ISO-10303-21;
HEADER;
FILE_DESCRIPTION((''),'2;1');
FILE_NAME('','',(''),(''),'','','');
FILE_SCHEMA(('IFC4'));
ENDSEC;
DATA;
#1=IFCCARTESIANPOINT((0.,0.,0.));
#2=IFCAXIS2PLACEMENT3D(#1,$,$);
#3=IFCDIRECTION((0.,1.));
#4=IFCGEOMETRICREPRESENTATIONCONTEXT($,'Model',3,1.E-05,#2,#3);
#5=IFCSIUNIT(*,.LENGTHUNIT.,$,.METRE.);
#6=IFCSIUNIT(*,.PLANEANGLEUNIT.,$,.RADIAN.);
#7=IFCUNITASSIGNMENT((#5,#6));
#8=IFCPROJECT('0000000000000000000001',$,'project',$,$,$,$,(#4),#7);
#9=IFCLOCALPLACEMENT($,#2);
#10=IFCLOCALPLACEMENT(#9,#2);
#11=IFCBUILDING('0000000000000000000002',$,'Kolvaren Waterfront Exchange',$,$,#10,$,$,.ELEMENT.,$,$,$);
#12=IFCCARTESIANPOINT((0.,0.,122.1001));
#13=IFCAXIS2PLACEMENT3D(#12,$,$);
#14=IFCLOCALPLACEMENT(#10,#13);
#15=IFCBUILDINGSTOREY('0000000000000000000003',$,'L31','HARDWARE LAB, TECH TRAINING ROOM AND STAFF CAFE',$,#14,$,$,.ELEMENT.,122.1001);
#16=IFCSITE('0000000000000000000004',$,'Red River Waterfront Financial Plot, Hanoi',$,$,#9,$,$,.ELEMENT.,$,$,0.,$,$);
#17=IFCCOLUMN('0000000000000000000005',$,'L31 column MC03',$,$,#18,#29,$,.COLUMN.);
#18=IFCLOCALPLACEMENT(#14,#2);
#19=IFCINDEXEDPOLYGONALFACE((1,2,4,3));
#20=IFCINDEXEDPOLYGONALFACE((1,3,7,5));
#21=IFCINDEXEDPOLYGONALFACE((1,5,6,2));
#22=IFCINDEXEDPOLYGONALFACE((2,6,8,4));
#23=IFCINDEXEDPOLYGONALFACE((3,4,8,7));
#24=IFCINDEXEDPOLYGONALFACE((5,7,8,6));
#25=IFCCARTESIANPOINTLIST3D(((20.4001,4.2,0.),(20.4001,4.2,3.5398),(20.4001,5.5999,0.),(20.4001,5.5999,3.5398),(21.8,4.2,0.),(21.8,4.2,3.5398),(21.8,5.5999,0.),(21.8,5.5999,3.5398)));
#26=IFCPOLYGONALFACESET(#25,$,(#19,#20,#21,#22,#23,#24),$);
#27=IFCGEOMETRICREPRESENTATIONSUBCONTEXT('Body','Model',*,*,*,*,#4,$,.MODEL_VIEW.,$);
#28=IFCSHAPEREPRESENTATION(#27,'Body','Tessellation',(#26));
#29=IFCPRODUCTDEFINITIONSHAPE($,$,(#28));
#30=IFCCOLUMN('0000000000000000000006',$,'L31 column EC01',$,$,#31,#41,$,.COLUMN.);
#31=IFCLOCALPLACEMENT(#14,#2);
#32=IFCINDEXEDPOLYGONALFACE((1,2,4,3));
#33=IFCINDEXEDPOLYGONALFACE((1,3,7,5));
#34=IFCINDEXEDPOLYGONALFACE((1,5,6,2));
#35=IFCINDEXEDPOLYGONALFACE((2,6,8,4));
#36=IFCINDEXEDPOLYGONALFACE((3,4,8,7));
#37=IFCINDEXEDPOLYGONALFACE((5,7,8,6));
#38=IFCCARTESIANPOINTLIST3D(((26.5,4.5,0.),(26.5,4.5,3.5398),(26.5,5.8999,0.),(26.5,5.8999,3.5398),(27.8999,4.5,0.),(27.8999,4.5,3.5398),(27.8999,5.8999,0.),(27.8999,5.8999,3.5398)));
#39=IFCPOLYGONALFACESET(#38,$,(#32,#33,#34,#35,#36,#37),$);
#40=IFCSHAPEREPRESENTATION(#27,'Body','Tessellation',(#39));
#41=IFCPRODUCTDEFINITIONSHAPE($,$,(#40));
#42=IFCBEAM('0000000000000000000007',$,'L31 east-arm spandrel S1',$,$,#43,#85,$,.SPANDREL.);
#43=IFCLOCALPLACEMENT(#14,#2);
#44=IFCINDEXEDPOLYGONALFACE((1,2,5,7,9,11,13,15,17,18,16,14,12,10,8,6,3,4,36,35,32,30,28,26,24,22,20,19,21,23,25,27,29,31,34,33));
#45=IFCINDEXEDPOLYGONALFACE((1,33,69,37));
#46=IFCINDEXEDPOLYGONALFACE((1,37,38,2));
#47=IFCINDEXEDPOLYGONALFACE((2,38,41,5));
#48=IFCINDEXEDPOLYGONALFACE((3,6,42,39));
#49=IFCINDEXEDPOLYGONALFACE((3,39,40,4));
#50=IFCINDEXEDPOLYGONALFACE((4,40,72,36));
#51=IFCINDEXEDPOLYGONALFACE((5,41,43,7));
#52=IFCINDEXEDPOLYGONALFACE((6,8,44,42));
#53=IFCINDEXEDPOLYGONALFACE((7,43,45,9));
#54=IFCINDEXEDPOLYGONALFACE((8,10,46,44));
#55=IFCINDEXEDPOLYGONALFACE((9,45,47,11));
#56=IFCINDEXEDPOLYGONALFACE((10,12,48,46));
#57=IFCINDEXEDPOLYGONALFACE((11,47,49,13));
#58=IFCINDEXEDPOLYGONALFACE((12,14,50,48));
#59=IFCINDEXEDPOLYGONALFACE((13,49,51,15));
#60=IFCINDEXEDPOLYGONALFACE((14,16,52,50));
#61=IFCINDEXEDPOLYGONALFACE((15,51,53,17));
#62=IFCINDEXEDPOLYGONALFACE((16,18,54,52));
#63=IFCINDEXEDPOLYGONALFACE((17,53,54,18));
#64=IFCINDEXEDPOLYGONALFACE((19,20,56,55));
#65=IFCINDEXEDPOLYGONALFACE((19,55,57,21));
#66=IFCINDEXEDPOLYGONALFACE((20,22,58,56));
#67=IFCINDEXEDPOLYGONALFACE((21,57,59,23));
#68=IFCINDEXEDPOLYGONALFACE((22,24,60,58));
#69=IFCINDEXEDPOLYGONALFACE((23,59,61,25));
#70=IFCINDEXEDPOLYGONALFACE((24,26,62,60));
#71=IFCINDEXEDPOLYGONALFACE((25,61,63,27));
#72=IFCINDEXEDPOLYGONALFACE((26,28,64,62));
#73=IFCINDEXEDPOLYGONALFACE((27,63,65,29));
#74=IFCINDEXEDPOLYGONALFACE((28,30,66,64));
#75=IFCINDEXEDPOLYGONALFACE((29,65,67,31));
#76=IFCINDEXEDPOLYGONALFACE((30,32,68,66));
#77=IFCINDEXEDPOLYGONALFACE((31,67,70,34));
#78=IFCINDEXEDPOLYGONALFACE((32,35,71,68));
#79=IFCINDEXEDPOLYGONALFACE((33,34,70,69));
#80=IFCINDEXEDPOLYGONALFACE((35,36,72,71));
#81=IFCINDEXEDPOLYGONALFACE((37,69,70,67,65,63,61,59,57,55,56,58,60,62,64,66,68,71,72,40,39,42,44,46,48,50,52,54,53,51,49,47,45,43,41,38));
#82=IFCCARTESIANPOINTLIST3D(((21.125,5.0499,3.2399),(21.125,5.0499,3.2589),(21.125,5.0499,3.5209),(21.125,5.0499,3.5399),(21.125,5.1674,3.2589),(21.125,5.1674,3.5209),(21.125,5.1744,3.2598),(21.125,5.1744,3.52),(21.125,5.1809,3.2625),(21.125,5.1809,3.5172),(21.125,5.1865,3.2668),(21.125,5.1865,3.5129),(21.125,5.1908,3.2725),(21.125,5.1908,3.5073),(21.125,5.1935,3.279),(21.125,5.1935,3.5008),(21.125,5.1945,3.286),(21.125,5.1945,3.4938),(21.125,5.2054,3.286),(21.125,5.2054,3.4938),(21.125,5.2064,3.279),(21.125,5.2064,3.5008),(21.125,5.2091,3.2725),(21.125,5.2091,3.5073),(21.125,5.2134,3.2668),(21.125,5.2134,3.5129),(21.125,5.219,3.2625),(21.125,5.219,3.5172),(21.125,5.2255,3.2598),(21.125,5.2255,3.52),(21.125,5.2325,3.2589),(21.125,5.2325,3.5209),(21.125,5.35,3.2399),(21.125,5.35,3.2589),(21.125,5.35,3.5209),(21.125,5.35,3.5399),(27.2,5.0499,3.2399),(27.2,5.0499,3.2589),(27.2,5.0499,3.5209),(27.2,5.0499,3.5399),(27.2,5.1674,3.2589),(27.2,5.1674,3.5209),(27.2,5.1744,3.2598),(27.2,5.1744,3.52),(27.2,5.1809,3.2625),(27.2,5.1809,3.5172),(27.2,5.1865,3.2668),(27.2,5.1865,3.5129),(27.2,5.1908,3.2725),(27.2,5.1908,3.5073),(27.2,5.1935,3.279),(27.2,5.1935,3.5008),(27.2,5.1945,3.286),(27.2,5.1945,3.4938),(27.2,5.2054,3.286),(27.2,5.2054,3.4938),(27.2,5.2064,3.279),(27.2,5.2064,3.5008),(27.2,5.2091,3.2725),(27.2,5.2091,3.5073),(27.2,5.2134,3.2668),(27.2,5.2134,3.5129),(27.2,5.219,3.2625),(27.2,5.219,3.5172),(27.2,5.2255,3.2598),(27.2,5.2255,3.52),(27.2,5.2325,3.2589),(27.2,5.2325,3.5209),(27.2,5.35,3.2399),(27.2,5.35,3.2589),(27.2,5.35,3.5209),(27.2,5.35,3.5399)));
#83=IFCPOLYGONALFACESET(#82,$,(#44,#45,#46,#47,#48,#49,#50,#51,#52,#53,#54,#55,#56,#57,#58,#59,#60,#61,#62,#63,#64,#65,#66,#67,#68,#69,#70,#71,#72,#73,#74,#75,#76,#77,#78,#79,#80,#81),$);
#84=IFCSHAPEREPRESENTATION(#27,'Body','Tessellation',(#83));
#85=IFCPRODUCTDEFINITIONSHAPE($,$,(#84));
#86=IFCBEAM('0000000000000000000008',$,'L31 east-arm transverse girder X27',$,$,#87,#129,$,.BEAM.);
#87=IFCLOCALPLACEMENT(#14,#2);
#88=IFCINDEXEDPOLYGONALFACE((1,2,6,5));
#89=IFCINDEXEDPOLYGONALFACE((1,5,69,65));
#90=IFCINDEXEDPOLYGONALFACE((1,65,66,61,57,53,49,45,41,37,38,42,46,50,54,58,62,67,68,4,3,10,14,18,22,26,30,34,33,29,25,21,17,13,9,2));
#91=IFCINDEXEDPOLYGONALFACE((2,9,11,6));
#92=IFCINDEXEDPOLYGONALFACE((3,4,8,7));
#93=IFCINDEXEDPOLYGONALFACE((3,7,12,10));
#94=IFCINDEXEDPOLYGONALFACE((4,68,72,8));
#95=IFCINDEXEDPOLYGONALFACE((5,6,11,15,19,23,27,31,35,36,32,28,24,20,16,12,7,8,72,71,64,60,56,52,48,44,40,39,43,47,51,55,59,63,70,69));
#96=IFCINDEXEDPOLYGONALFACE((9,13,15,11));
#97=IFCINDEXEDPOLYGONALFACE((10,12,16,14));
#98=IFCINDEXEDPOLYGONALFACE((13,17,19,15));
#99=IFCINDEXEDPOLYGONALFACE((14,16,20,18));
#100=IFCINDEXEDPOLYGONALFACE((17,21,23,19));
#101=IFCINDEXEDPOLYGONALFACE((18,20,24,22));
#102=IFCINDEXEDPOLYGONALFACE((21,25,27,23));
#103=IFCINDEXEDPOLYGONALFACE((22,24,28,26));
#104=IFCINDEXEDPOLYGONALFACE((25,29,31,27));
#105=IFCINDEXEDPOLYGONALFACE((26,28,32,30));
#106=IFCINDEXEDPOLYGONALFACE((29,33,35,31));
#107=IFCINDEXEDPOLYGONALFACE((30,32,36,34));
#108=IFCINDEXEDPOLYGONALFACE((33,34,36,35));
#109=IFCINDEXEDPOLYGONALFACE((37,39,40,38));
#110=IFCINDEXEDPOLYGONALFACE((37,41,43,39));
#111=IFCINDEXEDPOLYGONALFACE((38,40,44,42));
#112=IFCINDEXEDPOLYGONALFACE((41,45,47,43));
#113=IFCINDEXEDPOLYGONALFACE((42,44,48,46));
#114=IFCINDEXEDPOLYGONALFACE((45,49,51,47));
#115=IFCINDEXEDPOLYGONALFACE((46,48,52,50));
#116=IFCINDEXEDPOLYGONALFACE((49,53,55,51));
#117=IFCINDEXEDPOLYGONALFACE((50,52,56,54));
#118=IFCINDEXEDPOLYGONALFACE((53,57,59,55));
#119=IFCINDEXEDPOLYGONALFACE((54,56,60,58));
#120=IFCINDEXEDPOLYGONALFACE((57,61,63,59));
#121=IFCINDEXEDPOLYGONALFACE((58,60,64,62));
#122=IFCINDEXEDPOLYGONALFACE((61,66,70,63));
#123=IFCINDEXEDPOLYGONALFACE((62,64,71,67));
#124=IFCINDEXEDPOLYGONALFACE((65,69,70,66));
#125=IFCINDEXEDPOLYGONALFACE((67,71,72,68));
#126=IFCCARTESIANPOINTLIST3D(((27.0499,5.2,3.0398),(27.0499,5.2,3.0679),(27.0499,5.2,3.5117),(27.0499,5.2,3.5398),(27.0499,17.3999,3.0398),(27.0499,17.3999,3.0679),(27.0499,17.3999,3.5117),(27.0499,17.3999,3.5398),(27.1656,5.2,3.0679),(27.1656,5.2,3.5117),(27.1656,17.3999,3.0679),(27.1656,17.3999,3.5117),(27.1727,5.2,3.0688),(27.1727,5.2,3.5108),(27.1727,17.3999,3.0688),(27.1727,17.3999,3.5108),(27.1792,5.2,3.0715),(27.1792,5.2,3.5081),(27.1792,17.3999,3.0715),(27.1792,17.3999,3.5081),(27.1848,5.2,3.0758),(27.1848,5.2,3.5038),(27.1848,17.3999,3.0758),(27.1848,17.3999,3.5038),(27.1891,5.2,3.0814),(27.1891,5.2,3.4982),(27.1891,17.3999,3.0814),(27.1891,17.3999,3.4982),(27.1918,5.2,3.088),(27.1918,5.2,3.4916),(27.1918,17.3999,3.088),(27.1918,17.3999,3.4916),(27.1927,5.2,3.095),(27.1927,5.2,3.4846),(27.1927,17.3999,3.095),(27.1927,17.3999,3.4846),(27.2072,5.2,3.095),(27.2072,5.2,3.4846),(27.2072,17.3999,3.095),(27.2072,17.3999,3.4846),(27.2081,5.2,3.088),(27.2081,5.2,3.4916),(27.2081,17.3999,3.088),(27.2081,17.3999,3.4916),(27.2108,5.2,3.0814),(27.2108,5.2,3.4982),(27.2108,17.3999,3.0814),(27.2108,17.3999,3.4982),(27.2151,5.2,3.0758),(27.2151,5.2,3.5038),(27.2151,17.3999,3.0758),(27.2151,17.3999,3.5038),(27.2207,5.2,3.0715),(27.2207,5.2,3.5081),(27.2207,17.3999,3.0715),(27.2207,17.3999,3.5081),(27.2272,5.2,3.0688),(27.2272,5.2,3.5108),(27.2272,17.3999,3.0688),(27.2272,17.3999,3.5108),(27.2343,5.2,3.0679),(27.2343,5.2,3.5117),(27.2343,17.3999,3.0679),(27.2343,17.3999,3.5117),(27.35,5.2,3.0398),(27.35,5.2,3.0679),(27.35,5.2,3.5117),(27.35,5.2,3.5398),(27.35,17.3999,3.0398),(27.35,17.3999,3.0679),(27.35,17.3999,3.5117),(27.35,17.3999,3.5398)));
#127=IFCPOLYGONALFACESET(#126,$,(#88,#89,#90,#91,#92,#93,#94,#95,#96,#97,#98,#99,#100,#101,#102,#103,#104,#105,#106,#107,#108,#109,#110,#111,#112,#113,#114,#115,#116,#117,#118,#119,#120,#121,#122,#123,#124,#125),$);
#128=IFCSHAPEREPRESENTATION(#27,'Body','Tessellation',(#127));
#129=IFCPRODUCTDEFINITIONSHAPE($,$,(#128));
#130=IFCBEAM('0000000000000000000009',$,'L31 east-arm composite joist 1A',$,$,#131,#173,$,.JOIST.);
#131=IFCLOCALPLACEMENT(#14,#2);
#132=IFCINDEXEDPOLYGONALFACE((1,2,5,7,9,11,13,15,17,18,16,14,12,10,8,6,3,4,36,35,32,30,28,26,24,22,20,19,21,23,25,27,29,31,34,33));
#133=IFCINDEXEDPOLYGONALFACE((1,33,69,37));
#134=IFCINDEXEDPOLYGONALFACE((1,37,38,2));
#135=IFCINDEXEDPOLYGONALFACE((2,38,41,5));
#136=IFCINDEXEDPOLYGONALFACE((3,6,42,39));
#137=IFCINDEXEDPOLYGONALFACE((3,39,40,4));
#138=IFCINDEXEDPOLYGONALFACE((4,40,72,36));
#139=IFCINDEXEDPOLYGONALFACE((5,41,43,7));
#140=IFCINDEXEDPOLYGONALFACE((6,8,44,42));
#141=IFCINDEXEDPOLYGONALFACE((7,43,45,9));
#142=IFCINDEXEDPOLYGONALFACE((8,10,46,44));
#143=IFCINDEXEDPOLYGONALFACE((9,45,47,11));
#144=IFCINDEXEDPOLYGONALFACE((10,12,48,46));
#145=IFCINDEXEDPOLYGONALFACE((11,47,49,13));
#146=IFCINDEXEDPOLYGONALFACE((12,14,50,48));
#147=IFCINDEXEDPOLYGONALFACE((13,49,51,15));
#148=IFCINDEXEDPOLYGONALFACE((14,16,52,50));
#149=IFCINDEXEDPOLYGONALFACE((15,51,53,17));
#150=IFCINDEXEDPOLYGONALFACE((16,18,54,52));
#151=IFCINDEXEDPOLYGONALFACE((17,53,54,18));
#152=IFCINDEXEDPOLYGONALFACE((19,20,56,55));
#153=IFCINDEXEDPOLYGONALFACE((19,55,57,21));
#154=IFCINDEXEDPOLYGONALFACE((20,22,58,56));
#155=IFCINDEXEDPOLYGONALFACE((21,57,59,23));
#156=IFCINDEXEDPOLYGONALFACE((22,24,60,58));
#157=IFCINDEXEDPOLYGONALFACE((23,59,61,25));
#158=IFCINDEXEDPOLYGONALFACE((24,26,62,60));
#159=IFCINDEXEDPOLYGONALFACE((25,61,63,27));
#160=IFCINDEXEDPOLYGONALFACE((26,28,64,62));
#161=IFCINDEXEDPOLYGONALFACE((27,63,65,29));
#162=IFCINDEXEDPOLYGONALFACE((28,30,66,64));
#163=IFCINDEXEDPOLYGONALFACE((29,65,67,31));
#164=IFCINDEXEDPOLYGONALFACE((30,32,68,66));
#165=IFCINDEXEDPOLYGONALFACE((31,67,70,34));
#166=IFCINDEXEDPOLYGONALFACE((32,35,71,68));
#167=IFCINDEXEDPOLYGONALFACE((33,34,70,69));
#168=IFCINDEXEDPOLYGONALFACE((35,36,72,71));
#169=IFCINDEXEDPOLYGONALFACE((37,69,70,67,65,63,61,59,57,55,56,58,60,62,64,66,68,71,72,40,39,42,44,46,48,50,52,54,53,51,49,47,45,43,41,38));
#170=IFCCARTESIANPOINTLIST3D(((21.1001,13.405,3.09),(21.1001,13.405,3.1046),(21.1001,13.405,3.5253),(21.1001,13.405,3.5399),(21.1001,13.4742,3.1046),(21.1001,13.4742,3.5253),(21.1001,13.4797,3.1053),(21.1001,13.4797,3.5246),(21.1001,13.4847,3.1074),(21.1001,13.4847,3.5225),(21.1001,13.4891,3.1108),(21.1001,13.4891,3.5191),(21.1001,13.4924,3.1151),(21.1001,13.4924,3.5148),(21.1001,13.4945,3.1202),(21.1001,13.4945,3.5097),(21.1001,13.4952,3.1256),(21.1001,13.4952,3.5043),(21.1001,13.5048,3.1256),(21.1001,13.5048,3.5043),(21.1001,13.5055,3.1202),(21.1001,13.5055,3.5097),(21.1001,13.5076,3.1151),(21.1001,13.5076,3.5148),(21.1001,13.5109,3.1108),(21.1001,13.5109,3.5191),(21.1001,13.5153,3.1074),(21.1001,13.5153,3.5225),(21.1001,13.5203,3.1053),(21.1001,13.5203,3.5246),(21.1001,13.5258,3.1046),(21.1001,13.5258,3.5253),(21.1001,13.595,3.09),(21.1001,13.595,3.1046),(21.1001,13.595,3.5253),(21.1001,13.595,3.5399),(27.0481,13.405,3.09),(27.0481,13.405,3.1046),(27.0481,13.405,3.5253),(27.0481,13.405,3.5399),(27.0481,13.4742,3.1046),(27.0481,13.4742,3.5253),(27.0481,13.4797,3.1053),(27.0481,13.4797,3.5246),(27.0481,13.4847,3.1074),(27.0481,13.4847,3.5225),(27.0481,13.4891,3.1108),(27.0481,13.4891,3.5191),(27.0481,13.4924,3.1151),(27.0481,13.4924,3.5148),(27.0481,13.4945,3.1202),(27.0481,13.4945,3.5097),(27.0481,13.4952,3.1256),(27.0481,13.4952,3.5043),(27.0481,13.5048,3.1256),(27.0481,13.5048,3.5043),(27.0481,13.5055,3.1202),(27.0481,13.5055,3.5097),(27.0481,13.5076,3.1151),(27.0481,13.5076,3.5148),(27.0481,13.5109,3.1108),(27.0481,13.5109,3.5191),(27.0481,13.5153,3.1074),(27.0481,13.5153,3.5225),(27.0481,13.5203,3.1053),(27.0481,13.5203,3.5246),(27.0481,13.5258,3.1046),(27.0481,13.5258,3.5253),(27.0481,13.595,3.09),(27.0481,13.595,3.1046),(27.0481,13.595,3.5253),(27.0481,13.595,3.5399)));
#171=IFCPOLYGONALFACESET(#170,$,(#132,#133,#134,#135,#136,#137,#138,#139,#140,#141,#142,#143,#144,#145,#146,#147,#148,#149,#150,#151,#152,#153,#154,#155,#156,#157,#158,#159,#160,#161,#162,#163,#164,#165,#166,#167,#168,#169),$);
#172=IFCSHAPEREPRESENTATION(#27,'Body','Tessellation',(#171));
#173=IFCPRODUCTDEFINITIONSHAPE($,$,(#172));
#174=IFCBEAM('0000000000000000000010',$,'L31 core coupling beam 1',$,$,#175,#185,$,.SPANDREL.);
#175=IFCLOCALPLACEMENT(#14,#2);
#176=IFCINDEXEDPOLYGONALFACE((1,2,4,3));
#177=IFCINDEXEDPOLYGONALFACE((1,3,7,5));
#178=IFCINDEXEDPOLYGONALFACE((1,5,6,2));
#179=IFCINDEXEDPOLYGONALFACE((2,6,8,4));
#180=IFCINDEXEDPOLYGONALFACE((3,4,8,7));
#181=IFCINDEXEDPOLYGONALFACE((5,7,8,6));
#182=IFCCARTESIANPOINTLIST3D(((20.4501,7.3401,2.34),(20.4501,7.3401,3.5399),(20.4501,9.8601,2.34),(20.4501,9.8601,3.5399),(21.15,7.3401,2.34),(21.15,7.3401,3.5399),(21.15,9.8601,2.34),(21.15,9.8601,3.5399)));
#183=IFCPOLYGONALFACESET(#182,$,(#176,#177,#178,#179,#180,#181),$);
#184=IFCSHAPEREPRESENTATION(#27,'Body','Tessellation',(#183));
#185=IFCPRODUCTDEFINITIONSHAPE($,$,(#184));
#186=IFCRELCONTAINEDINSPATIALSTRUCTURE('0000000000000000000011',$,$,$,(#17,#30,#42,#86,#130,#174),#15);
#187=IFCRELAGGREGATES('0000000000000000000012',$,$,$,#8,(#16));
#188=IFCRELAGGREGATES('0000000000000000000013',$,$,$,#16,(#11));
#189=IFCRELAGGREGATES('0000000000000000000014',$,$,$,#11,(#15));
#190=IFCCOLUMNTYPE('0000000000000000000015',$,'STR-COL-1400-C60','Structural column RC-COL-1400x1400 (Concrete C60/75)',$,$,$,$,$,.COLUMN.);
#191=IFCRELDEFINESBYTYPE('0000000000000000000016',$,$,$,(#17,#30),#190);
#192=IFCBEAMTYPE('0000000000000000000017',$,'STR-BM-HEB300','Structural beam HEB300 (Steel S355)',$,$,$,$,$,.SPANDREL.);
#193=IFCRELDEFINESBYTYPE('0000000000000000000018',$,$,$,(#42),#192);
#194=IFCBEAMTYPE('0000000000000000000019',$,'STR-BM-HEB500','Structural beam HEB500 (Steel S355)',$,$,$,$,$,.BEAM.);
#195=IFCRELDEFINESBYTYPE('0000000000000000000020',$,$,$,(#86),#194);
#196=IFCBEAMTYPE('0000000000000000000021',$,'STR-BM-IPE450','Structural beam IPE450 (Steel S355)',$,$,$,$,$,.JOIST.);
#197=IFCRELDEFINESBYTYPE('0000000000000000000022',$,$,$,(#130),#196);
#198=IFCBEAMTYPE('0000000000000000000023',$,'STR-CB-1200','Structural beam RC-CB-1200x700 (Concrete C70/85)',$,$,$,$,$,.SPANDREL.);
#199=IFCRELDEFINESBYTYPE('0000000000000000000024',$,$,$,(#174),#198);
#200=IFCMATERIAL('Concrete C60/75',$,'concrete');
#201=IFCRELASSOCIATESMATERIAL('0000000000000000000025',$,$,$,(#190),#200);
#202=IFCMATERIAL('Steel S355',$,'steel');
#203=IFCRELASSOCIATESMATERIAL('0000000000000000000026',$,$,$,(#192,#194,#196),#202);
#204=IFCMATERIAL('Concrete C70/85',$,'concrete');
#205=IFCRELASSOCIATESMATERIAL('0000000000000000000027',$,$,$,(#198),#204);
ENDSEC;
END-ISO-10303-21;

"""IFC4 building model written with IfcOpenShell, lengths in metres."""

from ifc_helpers import new_model, si_unit, direction, frame, origin, origin_2d, place, context, subcontext, project, spatial, rectangle, i_section, extrude, material, material_profile, profile_set, type_object, element, save


model = new_model("IFC4")

# Units and contexts
model_context = context("Model", 3, precision=1e-05, world=origin(), true_north=direction((0.0, 1.0)))
body_context = subcontext(model_context, "Body", "Model", "MODEL_VIEW")
ifc_project = project(units=[si_unit("LENGTHUNIT", "METRE"), si_unit("PLANEANGLEUNIT", "RADIAN")], contexts=[model_context])

# Site, building, storey
site_placement = place(None, origin())
site = spatial("IfcSite", under=ifc_project, at=site_placement, Name="Red River Waterfront Financial Plot, Hanoi", CompositionType="ELEMENT", RefElevation=0.0)
building_placement = place(site_placement, origin())
building = spatial("IfcBuilding", under=site, at=building_placement, Name="Kolvaren Waterfront Exchange", CompositionType="ELEMENT")
storey_placement = place(building_placement, frame((0.0, 0.0, 122.1001)))
storey = spatial("IfcBuildingStorey", under=building, at=storey_placement, Name="L31", Description="HARDWARE LAB, TECH TRAINING ROOM AND STAFF CAFE", CompositionType="ELEMENT", Elevation=122.1001)

# Columns
ifc_material_1 = material(Name="Concrete C60/75", Category="concrete")
ifc_material_profile_1 = material_profile(ifc_material_1, rectangle(XDim=1.3999, YDim=1.3999, at=origin_2d()), Name="RC-COL-1400x1400")
ifc_profile_set_1 = profile_set([ifc_material_profile_1], Name="Concrete C60/75")
column_type = type_object("IfcColumnType", Name="STR-COL-1400-C60", Description="Structural column RC-COL-1400x1400 (Concrete C60/75)", PredefinedType="COLUMN", material=ifc_profile_set_1)
for number, where, z_axis, x_axis, name in (
    (1, (21.1001, 4.8999, 0.0), (0.0, 0.0, 1.0), (1.0, 0.0, 0.0), "L31 column MC03"),
    (2, (27.2, 5.2, 0.0), (0.0, 0.0, 1.0), (1.0, 0.0, 0.0), "L31 column EC01"),
):
    element("IfcColumn", number, at=place(storey_placement, frame(where, z_axis=z_axis, x_axis=x_axis)), inside=storey, type_object=column_type, Name=name, PredefinedType="COLUMN", context=body_context, shape_type="SweptSolid", body=[
        extrude(rectangle(XDim=1.3999, YDim=1.3999, at=origin_2d()), origin(), (0.0, 0.0, 1.0), 3.5398),
    ])

# Beams
ifc_material_2 = material(Name="Steel S355", Category="steel")
ifc_material_profile_2 = material_profile(ifc_material_2, i_section(OverallWidth=0.3, OverallDepth=0.3, WebThickness=0.011, FlangeThickness=0.019, FilletRadius=0.0271, at=origin_2d()), Name="HEB300")
ifc_profile_set_2 = profile_set([ifc_material_profile_2], Name="Steel S355")
beam_type_1 = type_object("IfcBeamType", Name="STR-BM-HEB300", Description="Structural beam HEB300 (Steel S355)", PredefinedType="SPANDREL", material=ifc_profile_set_2)
beam_1_placement = place(storey_placement, frame((21.125, 5.2, 3.3899), z_axis=(1.0, 0.0, 0.0), x_axis=(0.0, 1.0, 0.0)))
element("IfcBeam", 3, at=beam_1_placement, inside=storey, type_object=beam_type_1, Name="L31 east-arm spandrel S1", PredefinedType="SPANDREL", context=body_context, shape_type="SweptSolid", body=[
    extrude(i_section(OverallWidth=0.3, OverallDepth=0.3, WebThickness=0.011, FlangeThickness=0.019, FilletRadius=0.0271, at=origin_2d()), origin(), (0.0, 0.0, 1.0), 6.075),
])
ifc_material_profile_3 = material_profile(ifc_material_2, i_section(OverallWidth=0.3, OverallDepth=0.5, WebThickness=0.0144, FlangeThickness=0.0281, FilletRadius=0.0271, at=origin_2d()), Name="HEB500")
ifc_profile_set_3 = profile_set([ifc_material_profile_3], Name="Steel S355")
beam_type_2 = type_object("IfcBeamType", Name="STR-BM-HEB500", Description="Structural beam HEB500 (Steel S355)", PredefinedType="BEAM", material=ifc_profile_set_3)
beam_2_placement = place(storey_placement, frame((27.2, 5.2, 3.2898), z_axis=(0.0, 1.0, 0.0), x_axis=(-1.0, 0.0, 0.0)))
element("IfcBeam", 4, at=beam_2_placement, inside=storey, type_object=beam_type_2, Name="L31 east-arm transverse girder X27", PredefinedType="BEAM", context=body_context, shape_type="SweptSolid", body=[
    extrude(i_section(OverallWidth=0.3, OverallDepth=0.5, WebThickness=0.0144, FlangeThickness=0.0281, FilletRadius=0.0271, at=origin_2d()), origin(), (0.0, 0.0, 1.0), 12.2),
])
ifc_material_profile_4 = material_profile(ifc_material_2, i_section(OverallWidth=0.1899, OverallDepth=0.45, WebThickness=0.0095, FlangeThickness=0.0146, FilletRadius=0.021, at=origin_2d()), Name="IPE450")
ifc_profile_set_4 = profile_set([ifc_material_profile_4], Name="Steel S355")
beam_type_3 = type_object("IfcBeamType", Name="STR-BM-IPE450", Description="Structural beam IPE450 (Steel S355)", PredefinedType="JOIST", material=ifc_profile_set_4)
beam_3_placement = place(storey_placement, frame((21.1001, 13.5, 3.3149), z_axis=(1.0, 0.0, 0.0), x_axis=(0.0, 1.0, 0.0)))
element("IfcBeam", 5, at=beam_3_placement, inside=storey, type_object=beam_type_3, Name="L31 east-arm composite joist 1A", PredefinedType="JOIST", context=body_context, shape_type="SweptSolid", body=[
    extrude(i_section(OverallWidth=0.1899, OverallDepth=0.45, WebThickness=0.0095, FlangeThickness=0.0146, FilletRadius=0.021, at=origin_2d()), origin(), (0.0, 0.0, 1.0), 5.948),
])
ifc_material_3 = material(Name="Concrete C70/85", Category="concrete")
ifc_material_profile_5 = material_profile(ifc_material_3, rectangle(XDim=0.7, YDim=1.2, at=origin_2d()), Name="RC-CB-1200x700")
ifc_profile_set_5 = profile_set([ifc_material_profile_5], Name="Concrete C70/85")
beam_type_4 = type_object("IfcBeamType", Name="STR-CB-1200", Description="Structural beam RC-CB-1200x700 (Concrete C70/85)", PredefinedType="SPANDREL", material=ifc_profile_set_5)
beam_4_placement = place(storey_placement, frame((20.8, 7.3401, 2.9399), z_axis=(0.0, 1.0, 0.0), x_axis=(-1.0, 0.0, 0.0)))
element("IfcBeam", 6, at=beam_4_placement, inside=storey, type_object=beam_type_4, Name="L31 core coupling beam 1", PredefinedType="SPANDREL", context=body_context, shape_type="SweptSolid", body=[
    extrude(rectangle(XDim=0.7, YDim=1.2, at=origin_2d()), origin(), (0.0, 0.0, 1.0), 2.52),
])

save(model, "model.ifc")
